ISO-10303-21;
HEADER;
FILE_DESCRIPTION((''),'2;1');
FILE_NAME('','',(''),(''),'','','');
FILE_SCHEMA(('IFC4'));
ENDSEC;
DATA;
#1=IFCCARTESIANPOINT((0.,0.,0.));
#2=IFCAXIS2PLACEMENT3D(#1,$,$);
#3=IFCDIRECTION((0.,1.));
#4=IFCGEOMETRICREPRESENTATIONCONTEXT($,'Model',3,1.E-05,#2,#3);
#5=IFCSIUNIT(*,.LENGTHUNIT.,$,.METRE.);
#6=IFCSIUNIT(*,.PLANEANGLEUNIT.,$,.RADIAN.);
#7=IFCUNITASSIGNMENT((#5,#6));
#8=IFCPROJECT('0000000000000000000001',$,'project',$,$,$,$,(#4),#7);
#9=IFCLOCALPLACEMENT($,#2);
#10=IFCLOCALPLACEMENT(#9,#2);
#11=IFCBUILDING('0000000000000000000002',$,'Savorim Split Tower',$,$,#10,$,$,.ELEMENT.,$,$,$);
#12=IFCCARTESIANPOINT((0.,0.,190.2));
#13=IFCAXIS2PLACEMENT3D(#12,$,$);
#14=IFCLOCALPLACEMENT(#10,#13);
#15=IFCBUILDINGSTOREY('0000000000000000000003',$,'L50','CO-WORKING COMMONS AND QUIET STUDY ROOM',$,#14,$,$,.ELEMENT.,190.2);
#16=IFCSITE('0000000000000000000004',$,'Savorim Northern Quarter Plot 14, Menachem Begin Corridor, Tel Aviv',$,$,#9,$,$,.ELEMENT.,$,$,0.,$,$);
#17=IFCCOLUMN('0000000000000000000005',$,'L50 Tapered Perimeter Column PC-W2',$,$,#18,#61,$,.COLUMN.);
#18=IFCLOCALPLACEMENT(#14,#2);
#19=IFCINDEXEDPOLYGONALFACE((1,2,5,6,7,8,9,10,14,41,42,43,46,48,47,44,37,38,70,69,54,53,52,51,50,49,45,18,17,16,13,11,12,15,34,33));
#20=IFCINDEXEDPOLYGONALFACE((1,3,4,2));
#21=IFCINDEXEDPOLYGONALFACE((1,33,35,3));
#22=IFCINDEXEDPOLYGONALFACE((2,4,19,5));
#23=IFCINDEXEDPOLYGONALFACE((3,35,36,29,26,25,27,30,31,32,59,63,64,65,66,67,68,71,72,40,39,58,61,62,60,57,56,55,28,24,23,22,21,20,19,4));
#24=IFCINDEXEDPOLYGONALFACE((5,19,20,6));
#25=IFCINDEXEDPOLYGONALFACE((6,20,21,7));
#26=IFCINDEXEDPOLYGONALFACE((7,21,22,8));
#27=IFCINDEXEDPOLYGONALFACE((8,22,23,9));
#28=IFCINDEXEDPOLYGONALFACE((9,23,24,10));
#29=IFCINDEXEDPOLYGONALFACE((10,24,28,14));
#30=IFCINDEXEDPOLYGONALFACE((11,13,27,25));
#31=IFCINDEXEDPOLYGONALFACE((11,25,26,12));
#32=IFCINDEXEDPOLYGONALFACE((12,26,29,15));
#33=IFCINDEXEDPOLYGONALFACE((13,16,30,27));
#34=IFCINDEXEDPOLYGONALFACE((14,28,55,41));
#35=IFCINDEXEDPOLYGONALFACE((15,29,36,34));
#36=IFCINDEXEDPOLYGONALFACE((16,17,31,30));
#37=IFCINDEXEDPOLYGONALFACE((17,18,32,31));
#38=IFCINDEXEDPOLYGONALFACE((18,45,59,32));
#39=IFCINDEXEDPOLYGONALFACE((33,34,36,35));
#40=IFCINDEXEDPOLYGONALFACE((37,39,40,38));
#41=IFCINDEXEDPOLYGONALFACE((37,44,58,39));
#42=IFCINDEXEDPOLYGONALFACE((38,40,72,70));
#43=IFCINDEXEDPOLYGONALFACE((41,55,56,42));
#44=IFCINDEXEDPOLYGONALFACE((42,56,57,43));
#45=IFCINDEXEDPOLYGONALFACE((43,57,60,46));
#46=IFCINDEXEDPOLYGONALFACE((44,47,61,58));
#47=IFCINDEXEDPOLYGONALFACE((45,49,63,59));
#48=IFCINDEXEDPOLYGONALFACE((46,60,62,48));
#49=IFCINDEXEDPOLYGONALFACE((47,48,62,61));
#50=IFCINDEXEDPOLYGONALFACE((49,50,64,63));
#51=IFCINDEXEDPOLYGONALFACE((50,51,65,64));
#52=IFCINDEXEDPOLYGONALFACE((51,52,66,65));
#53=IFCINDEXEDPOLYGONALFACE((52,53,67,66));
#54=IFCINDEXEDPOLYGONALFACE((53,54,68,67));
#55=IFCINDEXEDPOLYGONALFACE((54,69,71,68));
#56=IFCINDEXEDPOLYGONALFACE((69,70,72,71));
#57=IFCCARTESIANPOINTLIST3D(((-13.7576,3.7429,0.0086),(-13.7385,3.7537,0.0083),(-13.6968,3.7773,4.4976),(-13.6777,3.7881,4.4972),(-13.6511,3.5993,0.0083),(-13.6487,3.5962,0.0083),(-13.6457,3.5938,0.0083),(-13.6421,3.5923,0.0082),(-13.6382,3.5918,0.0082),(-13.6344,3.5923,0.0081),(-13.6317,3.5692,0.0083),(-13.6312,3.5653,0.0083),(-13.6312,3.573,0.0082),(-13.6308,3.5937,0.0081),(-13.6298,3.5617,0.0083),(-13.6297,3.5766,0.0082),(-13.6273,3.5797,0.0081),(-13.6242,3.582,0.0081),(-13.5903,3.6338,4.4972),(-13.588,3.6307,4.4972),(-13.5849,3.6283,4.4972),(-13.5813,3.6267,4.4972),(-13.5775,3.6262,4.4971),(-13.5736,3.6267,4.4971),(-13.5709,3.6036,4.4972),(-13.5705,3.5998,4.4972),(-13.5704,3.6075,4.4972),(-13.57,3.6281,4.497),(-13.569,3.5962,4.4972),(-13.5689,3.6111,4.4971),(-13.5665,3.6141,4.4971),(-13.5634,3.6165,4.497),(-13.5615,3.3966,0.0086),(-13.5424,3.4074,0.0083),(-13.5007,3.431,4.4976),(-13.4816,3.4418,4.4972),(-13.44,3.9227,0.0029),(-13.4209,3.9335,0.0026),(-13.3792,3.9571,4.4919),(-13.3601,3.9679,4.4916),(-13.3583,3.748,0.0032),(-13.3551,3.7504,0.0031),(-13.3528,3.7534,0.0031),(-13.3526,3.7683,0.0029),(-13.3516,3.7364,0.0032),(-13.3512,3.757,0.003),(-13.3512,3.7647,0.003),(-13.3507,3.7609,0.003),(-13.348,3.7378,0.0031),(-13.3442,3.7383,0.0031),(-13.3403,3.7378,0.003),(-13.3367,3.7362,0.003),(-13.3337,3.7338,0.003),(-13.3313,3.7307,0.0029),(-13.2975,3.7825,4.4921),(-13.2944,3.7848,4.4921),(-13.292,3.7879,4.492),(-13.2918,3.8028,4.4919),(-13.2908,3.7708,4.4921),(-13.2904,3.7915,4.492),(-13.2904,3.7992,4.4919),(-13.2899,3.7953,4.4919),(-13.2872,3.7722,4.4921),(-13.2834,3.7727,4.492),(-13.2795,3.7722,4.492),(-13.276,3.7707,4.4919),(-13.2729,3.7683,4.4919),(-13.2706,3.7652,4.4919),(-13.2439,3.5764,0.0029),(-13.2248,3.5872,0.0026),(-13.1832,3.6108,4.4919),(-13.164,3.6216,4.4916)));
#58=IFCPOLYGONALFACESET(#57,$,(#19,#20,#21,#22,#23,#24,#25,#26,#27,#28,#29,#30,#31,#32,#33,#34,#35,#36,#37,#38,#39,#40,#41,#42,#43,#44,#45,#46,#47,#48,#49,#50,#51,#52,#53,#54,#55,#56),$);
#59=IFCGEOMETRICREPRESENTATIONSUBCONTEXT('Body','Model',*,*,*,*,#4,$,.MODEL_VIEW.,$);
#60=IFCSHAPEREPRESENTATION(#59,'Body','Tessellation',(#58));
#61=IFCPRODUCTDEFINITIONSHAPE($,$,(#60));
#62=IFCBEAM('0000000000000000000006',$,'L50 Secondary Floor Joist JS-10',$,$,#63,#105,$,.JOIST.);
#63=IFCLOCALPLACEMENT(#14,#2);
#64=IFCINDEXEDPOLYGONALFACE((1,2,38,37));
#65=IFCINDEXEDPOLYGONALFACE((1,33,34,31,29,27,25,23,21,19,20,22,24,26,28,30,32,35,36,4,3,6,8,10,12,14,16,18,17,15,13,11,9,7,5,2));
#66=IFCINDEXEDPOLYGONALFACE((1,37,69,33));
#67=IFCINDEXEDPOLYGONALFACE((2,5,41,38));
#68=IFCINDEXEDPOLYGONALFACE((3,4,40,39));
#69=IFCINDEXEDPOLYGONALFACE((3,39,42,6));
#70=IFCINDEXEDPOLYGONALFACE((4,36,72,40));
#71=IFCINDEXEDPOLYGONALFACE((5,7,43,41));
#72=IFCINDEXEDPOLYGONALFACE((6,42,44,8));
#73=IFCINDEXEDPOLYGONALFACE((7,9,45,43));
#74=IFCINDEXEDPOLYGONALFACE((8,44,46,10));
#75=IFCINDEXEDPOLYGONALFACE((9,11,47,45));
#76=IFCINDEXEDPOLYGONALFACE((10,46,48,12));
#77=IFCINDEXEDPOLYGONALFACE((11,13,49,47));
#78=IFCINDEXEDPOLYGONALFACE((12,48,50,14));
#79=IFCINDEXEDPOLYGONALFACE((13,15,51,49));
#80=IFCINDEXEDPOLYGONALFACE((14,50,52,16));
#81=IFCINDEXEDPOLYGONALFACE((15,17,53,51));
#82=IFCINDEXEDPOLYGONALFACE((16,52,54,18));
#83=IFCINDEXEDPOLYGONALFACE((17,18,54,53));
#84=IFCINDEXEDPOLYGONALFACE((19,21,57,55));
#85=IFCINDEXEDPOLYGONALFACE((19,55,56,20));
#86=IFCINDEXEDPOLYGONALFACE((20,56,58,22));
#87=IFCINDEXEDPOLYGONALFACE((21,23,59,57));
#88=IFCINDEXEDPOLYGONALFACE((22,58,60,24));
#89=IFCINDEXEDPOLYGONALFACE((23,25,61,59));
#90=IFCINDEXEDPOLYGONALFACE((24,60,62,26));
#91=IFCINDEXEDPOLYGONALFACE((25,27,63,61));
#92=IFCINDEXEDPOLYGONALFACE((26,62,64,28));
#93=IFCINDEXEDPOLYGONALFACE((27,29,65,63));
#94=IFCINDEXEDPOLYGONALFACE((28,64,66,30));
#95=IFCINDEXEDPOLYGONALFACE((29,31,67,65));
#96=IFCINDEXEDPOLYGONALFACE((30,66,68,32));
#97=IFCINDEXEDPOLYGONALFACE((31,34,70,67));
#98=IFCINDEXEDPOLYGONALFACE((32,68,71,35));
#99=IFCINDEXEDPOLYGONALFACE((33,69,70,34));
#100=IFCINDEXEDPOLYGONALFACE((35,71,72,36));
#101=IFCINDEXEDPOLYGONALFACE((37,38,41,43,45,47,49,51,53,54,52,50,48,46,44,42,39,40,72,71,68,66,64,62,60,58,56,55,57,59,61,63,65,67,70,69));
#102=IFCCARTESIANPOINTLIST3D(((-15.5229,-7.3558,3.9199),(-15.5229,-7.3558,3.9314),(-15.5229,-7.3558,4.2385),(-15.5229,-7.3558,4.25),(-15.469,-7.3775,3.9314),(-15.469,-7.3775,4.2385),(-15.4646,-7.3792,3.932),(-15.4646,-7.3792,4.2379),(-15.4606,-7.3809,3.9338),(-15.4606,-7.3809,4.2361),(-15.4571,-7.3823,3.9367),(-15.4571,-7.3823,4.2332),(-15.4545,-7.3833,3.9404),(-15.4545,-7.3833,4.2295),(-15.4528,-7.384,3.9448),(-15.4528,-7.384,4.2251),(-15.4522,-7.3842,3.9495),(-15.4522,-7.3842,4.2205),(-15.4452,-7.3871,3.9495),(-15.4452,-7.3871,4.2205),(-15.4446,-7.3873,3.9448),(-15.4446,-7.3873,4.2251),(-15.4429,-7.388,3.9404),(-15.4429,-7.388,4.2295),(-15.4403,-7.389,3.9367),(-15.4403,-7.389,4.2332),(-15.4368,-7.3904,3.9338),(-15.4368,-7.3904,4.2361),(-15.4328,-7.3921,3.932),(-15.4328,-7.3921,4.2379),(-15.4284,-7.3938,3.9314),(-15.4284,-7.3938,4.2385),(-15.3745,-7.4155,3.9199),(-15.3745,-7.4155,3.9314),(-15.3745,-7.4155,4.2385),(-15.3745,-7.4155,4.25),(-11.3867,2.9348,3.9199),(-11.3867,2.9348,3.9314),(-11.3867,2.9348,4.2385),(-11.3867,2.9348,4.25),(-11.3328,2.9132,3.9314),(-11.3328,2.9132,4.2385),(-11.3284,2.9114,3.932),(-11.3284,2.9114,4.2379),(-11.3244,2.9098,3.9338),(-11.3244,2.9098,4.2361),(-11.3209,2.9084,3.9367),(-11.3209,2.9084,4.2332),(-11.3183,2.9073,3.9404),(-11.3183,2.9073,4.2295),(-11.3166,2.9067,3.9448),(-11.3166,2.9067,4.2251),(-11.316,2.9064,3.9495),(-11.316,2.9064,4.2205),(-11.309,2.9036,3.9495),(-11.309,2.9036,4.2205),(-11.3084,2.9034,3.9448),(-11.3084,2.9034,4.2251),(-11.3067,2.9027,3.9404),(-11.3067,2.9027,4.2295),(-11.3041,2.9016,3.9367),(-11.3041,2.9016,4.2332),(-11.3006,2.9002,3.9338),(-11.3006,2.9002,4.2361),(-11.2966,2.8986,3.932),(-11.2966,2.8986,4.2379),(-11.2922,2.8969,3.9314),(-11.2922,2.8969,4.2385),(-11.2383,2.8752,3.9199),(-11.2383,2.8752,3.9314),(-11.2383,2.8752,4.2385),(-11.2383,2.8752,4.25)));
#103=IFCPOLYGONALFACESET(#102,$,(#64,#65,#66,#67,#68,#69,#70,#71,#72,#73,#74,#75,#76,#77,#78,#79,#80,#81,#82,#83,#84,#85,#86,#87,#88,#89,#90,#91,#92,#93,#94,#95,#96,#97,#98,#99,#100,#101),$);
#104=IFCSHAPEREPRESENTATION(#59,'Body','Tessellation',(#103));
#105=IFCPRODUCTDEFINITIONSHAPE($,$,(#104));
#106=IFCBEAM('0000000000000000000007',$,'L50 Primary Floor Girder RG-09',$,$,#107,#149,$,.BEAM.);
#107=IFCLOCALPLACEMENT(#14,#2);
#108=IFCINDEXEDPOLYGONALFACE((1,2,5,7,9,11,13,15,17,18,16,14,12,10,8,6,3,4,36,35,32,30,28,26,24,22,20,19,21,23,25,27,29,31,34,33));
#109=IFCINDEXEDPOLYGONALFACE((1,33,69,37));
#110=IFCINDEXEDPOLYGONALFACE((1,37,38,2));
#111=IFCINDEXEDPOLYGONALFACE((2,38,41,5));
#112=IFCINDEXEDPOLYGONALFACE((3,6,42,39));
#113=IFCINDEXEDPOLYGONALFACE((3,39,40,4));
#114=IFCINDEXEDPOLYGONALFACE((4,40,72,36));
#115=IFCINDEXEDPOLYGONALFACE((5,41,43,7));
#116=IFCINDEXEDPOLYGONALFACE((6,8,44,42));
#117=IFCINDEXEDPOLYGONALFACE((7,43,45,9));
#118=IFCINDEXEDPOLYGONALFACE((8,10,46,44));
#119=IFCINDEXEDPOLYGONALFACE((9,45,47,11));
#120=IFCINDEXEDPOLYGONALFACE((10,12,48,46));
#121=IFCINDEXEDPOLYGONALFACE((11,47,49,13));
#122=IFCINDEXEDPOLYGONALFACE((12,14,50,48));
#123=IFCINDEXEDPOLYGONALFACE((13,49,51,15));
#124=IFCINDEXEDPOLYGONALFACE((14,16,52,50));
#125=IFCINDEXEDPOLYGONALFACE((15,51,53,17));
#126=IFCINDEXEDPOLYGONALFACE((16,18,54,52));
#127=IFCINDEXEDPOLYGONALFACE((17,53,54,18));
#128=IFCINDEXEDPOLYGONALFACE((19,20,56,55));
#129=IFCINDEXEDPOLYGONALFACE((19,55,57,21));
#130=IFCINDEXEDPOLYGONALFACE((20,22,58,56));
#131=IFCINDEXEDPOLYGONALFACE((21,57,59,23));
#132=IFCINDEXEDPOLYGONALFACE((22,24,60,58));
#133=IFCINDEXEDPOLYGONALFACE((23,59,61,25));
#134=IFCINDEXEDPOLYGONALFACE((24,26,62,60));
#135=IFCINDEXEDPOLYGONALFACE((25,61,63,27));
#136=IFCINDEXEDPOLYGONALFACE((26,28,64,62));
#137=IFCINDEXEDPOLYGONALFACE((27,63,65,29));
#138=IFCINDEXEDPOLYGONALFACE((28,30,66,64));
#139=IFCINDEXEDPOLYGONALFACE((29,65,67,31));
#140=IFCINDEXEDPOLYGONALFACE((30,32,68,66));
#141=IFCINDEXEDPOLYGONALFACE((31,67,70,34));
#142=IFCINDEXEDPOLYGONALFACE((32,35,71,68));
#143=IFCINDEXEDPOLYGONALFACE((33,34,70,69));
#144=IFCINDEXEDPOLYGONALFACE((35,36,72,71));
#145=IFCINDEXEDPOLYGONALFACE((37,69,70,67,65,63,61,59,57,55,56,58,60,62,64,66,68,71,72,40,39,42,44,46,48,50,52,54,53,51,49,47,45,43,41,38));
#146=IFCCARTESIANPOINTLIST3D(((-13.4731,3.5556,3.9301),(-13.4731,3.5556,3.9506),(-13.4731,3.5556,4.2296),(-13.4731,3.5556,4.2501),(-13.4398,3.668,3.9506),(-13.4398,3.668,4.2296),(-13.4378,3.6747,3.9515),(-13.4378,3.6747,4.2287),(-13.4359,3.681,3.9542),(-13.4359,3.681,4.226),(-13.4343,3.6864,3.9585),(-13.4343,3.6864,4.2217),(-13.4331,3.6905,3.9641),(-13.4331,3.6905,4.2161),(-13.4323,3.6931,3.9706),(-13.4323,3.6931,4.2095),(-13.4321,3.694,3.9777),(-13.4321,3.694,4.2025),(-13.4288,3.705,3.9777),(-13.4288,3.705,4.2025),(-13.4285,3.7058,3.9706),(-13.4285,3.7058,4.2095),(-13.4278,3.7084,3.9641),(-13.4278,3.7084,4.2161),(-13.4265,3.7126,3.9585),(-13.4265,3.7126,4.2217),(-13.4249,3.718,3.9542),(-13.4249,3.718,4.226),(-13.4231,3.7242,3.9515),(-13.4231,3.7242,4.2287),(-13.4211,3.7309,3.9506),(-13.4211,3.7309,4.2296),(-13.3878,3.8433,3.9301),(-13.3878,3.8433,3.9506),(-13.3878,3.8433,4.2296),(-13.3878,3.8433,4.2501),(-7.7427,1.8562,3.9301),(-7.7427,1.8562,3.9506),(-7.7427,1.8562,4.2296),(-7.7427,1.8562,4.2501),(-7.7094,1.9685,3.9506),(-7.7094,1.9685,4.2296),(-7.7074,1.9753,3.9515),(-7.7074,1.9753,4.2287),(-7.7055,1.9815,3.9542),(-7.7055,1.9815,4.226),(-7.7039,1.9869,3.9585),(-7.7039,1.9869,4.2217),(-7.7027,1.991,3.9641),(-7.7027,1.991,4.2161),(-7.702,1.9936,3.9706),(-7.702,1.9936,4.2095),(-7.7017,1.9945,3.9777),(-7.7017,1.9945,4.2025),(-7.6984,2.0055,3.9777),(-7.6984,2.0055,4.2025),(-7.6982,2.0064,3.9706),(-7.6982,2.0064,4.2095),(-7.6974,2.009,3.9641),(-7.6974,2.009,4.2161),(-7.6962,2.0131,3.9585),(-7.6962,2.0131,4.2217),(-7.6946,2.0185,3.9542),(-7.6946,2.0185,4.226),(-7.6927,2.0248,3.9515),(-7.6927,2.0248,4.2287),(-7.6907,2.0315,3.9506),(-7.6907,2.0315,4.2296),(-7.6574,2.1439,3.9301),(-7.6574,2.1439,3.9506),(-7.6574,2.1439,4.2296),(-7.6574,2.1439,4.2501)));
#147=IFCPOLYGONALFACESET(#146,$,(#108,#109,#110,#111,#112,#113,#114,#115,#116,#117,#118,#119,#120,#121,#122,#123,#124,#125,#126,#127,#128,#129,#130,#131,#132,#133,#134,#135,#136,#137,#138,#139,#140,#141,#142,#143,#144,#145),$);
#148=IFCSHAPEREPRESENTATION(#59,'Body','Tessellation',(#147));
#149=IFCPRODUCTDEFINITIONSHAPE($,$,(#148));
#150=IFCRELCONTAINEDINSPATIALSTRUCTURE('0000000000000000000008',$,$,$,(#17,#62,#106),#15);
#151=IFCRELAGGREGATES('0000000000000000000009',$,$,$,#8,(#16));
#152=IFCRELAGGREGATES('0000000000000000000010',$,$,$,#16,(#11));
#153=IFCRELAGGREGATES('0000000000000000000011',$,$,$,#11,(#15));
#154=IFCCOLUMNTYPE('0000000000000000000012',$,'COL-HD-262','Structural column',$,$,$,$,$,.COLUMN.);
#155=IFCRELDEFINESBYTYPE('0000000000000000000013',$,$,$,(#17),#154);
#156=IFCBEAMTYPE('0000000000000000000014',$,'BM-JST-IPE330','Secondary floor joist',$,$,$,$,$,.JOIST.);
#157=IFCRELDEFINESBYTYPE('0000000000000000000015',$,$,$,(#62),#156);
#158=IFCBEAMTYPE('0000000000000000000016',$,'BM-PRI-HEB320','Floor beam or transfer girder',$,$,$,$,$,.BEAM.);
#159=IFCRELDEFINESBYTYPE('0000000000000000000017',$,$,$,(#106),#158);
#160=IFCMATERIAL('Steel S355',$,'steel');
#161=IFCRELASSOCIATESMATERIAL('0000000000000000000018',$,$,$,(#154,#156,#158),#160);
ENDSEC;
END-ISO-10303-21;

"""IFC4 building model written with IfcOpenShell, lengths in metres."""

from ifc_helpers import new_model, si_unit, direction, frame, origin, origin_2d, place, context, subcontext, project, spatial, i_section, extrude, material, material_profile, profile_set, type_object, element, save


model = new_model("IFC4")

# Units and contexts
model_context = context("Model", 3, precision=1e-05, world=origin(), true_north=direction((0.0, 1.0)))
body_context = subcontext(model_context, "Body", "Model", "MODEL_VIEW")
ifc_project = project(units=[si_unit("LENGTHUNIT", "METRE"), si_unit("PLANEANGLEUNIT", "RADIAN")], contexts=[model_context])

# Site, building, storey
site_placement = place(None, origin())
site = spatial("IfcSite", under=ifc_project, at=site_placement, Name="Savorim Northern Quarter Plot 14, Menachem Begin Corridor, Tel Aviv", CompositionType="ELEMENT", RefElevation=0.0)
building_placement = place(site_placement, origin())
building = spatial("IfcBuilding", under=site, at=building_placement, Name="Savorim Split Tower", CompositionType="ELEMENT")
storey_placement = place(building_placement, frame((0.0, 0.0, 190.2)))
storey = spatial("IfcBuildingStorey", under=building, at=storey_placement, Name="L50", Description="CO-WORKING COMMONS AND QUIET STUDY ROOM", CompositionType="ELEMENT", Elevation=190.2)

# Column
ifc_material_1 = material(Name="Steel S355", Category="steel")
ifc_material_profile_1 = material_profile(ifc_material_1, i_section(OverallWidth=0.3979, OverallDepth=0.387, WebThickness=0.0134, FlangeThickness=0.022, FilletRadius=0.0149, at=origin_2d()), Name="HD 400x262")
ifc_profile_set_1 = profile_set([ifc_material_profile_1], Name="Steel S355")
column_type = type_object("IfcColumnType", Name="COL-HD-262", Description="Structural column", PredefinedType="COLUMN", material=ifc_profile_set_1)
column_placement = place(storey_placement, frame((-13.4912, 3.665, 0.0056), z_axis=(0.013541, 0.007668, 0.999879), x_axis=(-0.492748, 0.870172, 0.0)))
element("IfcColumn", 1, at=column_placement, inside=storey, type_object=column_type, Name="L50 Tapered Perimeter Column PC-W2", PredefinedType="COLUMN", context=body_context, shape_type="SweptSolid", body=[
    extrude(i_section(OverallWidth=0.3979, OverallDepth=0.387, WebThickness=0.0134, FlangeThickness=0.022, FilletRadius=0.0149, at=origin_2d()), origin(), (0.0, 0.0, 1.0), 4.4895),
])

# Beams
ifc_material_profile_2 = material_profile(ifc_material_1, i_section(OverallWidth=0.1599, OverallDepth=0.3301, WebThickness=0.0076, FlangeThickness=0.0115, FilletRadius=0.0181, at=origin_2d()), Name="IPE 330")
ifc_profile_set_2 = profile_set([ifc_material_profile_2], Name="Steel S355")
beam_type_1 = type_object("IfcBeamType", Name="BM-JST-IPE330", Description="Secondary floor joist", PredefinedType="JOIST", material=ifc_profile_set_2)
beam_1_placement = place(storey_placement, frame((-11.3125, 2.905, 4.085), z_axis=(-0.372939, -0.927856, 0.0), x_axis=(0.927856, -0.372939, 0.0)))
element("IfcBeam", 2, at=beam_1_placement, inside=storey, type_object=beam_type_1, Name="L50 Secondary Floor Joist JS-10", PredefinedType="JOIST", context=body_context, shape_type="SweptSolid", body=[
    extrude(i_section(OverallWidth=0.1599, OverallDepth=0.3301, WebThickness=0.0076, FlangeThickness=0.0115, FilletRadius=0.0181, at=origin_2d()), origin(), (0.0, 0.0, 1.0), 11.0908),
])
ifc_material_profile_3 = material_profile(ifc_material_1, i_section(OverallWidth=0.3, OverallDepth=0.3201, WebThickness=0.0115, FlangeThickness=0.0205, FilletRadius=0.0271, at=origin_2d()), Name="HEB 320")
ifc_profile_set_3 = profile_set([ifc_material_profile_3], Name="Steel S355")
beam_type_2 = type_object("IfcBeamType", Name="BM-PRI-HEB320", Description="Floor beam or transfer girder", PredefinedType="BEAM", material=ifc_profile_set_3)
beam_2_placement = place(storey_placement, frame((-13.4304, 3.6995, 4.0901), z_axis=(0.958728, -0.284326, 0.0), x_axis=(0.284326, 0.958728, 0.0)))
element("IfcBeam", 3, at=beam_2_placement, inside=storey, type_object=beam_type_2, Name="L50 Primary Floor Girder RG-09", PredefinedType="BEAM", context=body_context, shape_type="SweptSolid", body=[
    extrude(i_section(OverallWidth=0.3, OverallDepth=0.3201, WebThickness=0.0115, FlangeThickness=0.0205, FilletRadius=0.0271, at=origin_2d()), origin(), (0.0, 0.0, 1.0), 5.9771),
])

save(model, "model.ifc")
